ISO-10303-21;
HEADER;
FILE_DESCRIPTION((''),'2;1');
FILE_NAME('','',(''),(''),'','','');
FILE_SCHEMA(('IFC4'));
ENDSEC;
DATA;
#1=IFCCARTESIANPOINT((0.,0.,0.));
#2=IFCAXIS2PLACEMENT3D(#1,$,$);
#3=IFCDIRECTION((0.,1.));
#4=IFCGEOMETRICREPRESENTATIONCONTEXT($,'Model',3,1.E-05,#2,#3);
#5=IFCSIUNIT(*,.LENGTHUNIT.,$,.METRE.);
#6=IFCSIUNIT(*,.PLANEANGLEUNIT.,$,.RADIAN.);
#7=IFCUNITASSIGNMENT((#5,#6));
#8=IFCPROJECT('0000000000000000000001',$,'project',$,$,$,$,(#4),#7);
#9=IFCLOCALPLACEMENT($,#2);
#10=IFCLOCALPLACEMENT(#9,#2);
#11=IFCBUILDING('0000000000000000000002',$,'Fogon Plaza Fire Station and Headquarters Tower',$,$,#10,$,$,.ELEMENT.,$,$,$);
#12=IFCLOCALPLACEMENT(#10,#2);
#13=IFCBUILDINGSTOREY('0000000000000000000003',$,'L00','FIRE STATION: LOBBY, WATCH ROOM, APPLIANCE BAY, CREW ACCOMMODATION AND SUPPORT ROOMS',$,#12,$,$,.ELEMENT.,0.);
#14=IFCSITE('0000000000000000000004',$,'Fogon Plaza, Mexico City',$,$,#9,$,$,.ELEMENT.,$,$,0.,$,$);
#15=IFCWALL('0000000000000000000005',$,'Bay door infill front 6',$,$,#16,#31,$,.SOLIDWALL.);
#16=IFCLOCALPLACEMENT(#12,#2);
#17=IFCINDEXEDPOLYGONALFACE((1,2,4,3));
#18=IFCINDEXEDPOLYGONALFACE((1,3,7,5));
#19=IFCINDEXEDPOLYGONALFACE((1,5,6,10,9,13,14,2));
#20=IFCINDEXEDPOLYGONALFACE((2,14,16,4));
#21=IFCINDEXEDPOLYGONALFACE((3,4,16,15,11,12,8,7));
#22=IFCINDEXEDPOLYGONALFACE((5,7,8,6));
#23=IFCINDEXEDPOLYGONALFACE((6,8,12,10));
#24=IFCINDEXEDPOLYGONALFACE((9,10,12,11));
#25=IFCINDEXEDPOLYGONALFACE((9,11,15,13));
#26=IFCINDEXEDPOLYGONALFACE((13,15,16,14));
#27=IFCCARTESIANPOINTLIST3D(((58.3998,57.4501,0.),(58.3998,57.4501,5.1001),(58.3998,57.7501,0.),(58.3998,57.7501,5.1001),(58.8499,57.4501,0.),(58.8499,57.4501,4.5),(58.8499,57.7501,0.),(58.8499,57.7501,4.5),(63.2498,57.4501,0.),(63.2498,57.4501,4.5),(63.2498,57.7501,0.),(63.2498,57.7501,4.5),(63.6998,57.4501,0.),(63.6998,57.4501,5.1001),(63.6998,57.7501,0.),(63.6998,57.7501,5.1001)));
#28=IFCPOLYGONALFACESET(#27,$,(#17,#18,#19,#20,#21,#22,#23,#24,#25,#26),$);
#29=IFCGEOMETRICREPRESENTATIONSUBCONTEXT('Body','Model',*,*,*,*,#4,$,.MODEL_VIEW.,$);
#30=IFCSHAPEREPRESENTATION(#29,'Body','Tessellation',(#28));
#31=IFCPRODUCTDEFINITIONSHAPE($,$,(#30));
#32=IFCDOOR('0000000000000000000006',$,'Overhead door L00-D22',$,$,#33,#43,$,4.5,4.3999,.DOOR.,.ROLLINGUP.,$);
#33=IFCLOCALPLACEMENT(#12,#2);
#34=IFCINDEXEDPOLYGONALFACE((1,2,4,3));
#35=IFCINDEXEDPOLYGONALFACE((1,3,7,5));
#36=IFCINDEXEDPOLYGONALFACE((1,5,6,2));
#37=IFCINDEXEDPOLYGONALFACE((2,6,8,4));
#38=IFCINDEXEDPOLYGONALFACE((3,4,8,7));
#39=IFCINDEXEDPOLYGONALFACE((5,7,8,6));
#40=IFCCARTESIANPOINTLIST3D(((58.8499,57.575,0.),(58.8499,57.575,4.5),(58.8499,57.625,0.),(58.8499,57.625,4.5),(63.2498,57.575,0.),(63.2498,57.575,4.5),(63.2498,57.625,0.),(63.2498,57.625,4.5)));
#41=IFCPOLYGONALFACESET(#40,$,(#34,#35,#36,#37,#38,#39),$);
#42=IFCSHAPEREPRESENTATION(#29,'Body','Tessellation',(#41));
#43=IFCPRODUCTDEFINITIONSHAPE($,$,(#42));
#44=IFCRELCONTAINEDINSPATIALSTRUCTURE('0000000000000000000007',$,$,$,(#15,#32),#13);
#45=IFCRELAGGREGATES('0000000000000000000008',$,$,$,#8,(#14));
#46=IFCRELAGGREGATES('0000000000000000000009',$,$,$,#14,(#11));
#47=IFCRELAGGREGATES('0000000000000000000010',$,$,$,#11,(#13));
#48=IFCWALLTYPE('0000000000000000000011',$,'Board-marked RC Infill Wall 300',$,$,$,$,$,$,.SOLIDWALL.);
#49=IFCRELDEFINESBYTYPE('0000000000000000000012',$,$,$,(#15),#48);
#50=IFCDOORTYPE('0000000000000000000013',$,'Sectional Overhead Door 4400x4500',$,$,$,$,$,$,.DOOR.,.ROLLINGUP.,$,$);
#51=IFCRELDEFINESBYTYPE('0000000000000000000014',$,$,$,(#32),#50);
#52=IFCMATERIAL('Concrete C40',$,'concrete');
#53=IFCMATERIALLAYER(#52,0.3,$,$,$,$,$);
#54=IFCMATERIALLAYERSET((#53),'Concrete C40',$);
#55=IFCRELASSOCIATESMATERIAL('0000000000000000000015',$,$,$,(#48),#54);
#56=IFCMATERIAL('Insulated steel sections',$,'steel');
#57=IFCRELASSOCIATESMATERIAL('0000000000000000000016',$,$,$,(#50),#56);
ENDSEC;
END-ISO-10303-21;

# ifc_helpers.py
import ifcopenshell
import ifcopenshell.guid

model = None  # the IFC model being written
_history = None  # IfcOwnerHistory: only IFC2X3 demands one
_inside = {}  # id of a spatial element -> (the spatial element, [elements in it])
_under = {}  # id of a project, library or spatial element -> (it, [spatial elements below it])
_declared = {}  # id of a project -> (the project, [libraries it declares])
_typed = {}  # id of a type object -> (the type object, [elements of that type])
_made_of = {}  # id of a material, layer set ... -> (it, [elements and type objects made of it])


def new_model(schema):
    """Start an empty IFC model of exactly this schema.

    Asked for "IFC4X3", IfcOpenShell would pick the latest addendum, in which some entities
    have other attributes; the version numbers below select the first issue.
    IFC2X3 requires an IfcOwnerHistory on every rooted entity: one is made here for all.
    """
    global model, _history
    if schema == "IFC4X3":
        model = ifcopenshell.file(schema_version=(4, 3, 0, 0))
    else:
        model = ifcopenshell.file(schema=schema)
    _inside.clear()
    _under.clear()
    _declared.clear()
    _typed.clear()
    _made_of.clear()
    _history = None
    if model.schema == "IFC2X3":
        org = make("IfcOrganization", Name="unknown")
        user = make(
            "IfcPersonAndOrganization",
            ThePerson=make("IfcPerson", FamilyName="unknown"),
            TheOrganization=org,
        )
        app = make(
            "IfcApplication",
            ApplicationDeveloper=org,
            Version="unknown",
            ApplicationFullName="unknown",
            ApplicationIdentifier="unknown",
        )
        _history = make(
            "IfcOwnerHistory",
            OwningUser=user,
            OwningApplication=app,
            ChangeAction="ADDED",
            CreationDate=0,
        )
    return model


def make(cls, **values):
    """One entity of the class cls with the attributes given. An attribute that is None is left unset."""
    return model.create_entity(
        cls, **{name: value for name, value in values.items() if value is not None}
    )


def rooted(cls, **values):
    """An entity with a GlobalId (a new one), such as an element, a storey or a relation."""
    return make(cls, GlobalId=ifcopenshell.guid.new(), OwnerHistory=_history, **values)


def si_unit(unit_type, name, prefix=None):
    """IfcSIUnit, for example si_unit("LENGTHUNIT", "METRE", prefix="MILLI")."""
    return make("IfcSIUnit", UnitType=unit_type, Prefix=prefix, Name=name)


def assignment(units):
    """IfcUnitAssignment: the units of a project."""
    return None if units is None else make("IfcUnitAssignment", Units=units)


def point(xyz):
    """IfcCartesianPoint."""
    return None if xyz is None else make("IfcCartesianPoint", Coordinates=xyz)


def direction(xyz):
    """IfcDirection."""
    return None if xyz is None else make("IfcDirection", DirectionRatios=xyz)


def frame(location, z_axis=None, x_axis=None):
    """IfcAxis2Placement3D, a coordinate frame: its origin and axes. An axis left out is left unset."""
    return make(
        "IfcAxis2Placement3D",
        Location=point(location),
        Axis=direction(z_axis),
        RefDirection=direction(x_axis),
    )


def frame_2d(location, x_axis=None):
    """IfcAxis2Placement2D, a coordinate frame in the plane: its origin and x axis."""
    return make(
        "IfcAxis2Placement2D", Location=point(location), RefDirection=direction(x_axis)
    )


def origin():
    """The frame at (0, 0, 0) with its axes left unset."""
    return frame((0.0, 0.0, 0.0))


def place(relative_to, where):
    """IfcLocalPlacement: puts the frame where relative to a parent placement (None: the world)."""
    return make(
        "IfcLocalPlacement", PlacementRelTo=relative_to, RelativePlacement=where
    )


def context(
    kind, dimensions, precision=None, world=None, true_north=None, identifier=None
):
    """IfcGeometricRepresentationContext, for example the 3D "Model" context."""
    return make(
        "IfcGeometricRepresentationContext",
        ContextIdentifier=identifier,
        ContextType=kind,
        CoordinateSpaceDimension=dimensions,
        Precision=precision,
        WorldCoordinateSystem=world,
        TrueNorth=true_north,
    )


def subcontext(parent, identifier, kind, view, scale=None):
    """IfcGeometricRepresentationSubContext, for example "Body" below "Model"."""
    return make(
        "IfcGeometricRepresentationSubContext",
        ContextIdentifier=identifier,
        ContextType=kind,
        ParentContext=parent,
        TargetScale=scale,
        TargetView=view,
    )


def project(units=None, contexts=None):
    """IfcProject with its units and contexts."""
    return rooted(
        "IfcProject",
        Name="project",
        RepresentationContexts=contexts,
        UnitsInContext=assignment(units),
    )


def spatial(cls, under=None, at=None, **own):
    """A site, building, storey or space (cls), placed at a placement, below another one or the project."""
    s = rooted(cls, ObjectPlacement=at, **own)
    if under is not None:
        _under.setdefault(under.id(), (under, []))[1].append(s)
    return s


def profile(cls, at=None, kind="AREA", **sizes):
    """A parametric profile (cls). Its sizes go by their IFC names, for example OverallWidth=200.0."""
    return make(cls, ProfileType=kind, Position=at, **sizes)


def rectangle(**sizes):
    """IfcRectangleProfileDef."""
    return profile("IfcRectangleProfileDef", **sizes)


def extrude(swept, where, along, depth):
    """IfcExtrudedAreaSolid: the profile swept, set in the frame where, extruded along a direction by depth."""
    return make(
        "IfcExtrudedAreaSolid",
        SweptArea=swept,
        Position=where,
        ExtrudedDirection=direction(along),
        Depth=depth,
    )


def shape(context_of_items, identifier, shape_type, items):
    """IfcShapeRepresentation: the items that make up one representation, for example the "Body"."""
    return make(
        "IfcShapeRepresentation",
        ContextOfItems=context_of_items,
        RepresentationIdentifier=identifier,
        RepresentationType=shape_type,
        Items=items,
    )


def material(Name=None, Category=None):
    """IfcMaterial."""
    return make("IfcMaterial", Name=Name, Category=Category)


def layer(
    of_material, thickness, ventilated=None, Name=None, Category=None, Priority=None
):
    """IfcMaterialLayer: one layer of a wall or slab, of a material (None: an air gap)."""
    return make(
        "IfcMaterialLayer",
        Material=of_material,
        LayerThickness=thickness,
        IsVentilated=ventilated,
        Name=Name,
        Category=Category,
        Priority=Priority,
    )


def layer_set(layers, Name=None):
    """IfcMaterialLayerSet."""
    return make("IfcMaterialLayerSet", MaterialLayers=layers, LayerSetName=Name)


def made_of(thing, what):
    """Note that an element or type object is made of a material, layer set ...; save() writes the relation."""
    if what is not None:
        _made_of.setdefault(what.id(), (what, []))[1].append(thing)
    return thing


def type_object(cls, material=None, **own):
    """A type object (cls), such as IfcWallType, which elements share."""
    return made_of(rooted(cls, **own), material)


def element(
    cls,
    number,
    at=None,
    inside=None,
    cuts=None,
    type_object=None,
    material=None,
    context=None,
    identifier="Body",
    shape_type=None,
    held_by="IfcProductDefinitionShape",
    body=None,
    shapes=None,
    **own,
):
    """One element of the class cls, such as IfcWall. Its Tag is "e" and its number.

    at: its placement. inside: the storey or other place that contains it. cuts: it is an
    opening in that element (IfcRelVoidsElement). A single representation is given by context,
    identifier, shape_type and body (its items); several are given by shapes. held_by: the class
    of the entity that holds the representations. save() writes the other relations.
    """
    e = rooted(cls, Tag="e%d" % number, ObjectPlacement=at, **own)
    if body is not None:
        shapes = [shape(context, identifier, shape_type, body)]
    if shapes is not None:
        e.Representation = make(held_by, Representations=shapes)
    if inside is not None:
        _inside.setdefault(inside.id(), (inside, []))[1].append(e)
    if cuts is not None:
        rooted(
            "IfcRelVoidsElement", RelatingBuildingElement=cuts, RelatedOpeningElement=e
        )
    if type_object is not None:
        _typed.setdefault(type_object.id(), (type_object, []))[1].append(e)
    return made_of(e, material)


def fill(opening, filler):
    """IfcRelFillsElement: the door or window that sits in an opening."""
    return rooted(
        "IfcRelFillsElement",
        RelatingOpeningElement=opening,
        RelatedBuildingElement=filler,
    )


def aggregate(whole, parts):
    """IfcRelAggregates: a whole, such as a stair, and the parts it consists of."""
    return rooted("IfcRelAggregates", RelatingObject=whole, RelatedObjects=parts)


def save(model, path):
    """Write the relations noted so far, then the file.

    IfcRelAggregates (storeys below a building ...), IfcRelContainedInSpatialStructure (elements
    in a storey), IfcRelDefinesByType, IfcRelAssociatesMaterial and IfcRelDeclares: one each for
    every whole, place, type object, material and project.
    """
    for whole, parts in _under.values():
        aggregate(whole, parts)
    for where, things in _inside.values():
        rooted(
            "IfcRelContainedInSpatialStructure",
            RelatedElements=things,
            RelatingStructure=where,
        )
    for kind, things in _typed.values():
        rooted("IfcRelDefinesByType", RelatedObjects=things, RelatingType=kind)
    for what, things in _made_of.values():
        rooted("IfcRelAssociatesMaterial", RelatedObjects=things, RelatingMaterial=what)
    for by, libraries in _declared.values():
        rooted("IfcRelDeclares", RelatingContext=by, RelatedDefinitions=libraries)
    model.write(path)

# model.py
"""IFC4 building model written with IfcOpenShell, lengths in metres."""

from ifc_helpers import new_model, si_unit, direction, frame, frame_2d, origin, place, context, subcontext, project, spatial, rectangle, extrude, material, layer, layer_set, type_object, element, fill, save


model = new_model("IFC4")

# Units and contexts
model_context = context("Model", 3, precision=1e-05, world=origin(), true_north=direction((0.0, 1.0)))
body_context = subcontext(model_context, "Body", "Model", "MODEL_VIEW")
ifc_project = project(units=[si_unit("LENGTHUNIT", "METRE"), si_unit("PLANEANGLEUNIT", "RADIAN")], contexts=[model_context])

# Site, building, storey
site_placement = place(None, origin())
site = spatial("IfcSite", under=ifc_project, at=site_placement, Name="Fogon Plaza, Mexico City", CompositionType="ELEMENT", RefElevation=0.0)
building_placement = place(site_placement, origin())
building = spatial("IfcBuilding", under=site, at=building_placement, Name="Fogon Plaza Fire Station and Headquarters Tower", CompositionType="ELEMENT")
storey_placement = place(building_placement, origin())
storey = spatial("IfcBuildingStorey", under=building, at=storey_placement, Name="L00", Description="FIRE STATION: LOBBY, WATCH ROOM, APPLIANCE BAY, CREW ACCOMMODATION AND SUPPORT ROOMS", CompositionType="ELEMENT", Elevation=0.0)

# Wall, opening, door
ifc_material_1 = material(Name="Concrete C40", Category="concrete")
ifc_layer = layer(ifc_material_1, 0.3)
ifc_layer_set = layer_set([ifc_layer], Name="Concrete C40")
wall_type = type_object("IfcWallType", Name="Board-marked RC Infill Wall 300", PredefinedType="SOLIDWALL", material=ifc_layer_set)
ifc_material_2 = material(Name="Insulated steel sections", Category="steel")
door_type = type_object("IfcDoorType", Name="Sectional Overhead Door 4400x4500", OperationType="ROLLINGUP", PredefinedType="DOOR", material=ifc_material_2)
wall_1_placement = place(storey_placement, frame((58.3999, 57.6001, 0.0), z_axis=(0.0, 0.0, 1.0), x_axis=(1.0, 0.0, 0.0)))
wall_1 = element("IfcWall", 1, at=wall_1_placement, inside=storey, type_object=wall_type, Name="Bay door infill front 6", PredefinedType="SOLIDWALL", context=body_context, shape_type="SweptSolid", body=[
    extrude(rectangle(XDim=5.3, YDim=0.3, at=frame_2d((2.6499, 0.0))), origin(), (0.0, 0.0, 1.0), 5.1001),
])
opening_1_placement = place(wall_1_placement, frame((0.45, 0.0, 0.0)))
opening_1 = element("IfcOpeningElement", 2, at=opening_1_placement, cuts=wall_1, PredefinedType="OPENING", context=body_context, shape_type="SweptSolid", body=[
    extrude(rectangle(XDim=4.3999, YDim=4.5, at=frame_2d((2.2, 2.25))), frame((0.0, 0.1599, 0.0), z_axis=(0.0, -1.0, 0.0), x_axis=(1.0, 0.0, 0.0)), (0.0, 0.0, 1.0), 0.3201),
])
door_1_placement = place(opening_1_placement, origin())
door_1 = element("IfcDoor", 3, at=door_1_placement, inside=storey, type_object=door_type, Name="Overhead door L00-D22", OperationType="ROLLINGUP", OverallHeight=4.5, OverallWidth=4.3999, PredefinedType="DOOR", context=body_context, shape_type="SweptSolid", body=[
    extrude(rectangle(XDim=4.3999, YDim=4.5, at=frame_2d((2.2, 2.25))), frame((0.0, 0.0249, 0.0), z_axis=(0.0, -1.0, 0.0), x_axis=(1.0, 0.0, 0.0)), (0.0, 0.0, 1.0), 0.05),
])
fill(opening_1, door_1)

save(model, "model.ifc")
